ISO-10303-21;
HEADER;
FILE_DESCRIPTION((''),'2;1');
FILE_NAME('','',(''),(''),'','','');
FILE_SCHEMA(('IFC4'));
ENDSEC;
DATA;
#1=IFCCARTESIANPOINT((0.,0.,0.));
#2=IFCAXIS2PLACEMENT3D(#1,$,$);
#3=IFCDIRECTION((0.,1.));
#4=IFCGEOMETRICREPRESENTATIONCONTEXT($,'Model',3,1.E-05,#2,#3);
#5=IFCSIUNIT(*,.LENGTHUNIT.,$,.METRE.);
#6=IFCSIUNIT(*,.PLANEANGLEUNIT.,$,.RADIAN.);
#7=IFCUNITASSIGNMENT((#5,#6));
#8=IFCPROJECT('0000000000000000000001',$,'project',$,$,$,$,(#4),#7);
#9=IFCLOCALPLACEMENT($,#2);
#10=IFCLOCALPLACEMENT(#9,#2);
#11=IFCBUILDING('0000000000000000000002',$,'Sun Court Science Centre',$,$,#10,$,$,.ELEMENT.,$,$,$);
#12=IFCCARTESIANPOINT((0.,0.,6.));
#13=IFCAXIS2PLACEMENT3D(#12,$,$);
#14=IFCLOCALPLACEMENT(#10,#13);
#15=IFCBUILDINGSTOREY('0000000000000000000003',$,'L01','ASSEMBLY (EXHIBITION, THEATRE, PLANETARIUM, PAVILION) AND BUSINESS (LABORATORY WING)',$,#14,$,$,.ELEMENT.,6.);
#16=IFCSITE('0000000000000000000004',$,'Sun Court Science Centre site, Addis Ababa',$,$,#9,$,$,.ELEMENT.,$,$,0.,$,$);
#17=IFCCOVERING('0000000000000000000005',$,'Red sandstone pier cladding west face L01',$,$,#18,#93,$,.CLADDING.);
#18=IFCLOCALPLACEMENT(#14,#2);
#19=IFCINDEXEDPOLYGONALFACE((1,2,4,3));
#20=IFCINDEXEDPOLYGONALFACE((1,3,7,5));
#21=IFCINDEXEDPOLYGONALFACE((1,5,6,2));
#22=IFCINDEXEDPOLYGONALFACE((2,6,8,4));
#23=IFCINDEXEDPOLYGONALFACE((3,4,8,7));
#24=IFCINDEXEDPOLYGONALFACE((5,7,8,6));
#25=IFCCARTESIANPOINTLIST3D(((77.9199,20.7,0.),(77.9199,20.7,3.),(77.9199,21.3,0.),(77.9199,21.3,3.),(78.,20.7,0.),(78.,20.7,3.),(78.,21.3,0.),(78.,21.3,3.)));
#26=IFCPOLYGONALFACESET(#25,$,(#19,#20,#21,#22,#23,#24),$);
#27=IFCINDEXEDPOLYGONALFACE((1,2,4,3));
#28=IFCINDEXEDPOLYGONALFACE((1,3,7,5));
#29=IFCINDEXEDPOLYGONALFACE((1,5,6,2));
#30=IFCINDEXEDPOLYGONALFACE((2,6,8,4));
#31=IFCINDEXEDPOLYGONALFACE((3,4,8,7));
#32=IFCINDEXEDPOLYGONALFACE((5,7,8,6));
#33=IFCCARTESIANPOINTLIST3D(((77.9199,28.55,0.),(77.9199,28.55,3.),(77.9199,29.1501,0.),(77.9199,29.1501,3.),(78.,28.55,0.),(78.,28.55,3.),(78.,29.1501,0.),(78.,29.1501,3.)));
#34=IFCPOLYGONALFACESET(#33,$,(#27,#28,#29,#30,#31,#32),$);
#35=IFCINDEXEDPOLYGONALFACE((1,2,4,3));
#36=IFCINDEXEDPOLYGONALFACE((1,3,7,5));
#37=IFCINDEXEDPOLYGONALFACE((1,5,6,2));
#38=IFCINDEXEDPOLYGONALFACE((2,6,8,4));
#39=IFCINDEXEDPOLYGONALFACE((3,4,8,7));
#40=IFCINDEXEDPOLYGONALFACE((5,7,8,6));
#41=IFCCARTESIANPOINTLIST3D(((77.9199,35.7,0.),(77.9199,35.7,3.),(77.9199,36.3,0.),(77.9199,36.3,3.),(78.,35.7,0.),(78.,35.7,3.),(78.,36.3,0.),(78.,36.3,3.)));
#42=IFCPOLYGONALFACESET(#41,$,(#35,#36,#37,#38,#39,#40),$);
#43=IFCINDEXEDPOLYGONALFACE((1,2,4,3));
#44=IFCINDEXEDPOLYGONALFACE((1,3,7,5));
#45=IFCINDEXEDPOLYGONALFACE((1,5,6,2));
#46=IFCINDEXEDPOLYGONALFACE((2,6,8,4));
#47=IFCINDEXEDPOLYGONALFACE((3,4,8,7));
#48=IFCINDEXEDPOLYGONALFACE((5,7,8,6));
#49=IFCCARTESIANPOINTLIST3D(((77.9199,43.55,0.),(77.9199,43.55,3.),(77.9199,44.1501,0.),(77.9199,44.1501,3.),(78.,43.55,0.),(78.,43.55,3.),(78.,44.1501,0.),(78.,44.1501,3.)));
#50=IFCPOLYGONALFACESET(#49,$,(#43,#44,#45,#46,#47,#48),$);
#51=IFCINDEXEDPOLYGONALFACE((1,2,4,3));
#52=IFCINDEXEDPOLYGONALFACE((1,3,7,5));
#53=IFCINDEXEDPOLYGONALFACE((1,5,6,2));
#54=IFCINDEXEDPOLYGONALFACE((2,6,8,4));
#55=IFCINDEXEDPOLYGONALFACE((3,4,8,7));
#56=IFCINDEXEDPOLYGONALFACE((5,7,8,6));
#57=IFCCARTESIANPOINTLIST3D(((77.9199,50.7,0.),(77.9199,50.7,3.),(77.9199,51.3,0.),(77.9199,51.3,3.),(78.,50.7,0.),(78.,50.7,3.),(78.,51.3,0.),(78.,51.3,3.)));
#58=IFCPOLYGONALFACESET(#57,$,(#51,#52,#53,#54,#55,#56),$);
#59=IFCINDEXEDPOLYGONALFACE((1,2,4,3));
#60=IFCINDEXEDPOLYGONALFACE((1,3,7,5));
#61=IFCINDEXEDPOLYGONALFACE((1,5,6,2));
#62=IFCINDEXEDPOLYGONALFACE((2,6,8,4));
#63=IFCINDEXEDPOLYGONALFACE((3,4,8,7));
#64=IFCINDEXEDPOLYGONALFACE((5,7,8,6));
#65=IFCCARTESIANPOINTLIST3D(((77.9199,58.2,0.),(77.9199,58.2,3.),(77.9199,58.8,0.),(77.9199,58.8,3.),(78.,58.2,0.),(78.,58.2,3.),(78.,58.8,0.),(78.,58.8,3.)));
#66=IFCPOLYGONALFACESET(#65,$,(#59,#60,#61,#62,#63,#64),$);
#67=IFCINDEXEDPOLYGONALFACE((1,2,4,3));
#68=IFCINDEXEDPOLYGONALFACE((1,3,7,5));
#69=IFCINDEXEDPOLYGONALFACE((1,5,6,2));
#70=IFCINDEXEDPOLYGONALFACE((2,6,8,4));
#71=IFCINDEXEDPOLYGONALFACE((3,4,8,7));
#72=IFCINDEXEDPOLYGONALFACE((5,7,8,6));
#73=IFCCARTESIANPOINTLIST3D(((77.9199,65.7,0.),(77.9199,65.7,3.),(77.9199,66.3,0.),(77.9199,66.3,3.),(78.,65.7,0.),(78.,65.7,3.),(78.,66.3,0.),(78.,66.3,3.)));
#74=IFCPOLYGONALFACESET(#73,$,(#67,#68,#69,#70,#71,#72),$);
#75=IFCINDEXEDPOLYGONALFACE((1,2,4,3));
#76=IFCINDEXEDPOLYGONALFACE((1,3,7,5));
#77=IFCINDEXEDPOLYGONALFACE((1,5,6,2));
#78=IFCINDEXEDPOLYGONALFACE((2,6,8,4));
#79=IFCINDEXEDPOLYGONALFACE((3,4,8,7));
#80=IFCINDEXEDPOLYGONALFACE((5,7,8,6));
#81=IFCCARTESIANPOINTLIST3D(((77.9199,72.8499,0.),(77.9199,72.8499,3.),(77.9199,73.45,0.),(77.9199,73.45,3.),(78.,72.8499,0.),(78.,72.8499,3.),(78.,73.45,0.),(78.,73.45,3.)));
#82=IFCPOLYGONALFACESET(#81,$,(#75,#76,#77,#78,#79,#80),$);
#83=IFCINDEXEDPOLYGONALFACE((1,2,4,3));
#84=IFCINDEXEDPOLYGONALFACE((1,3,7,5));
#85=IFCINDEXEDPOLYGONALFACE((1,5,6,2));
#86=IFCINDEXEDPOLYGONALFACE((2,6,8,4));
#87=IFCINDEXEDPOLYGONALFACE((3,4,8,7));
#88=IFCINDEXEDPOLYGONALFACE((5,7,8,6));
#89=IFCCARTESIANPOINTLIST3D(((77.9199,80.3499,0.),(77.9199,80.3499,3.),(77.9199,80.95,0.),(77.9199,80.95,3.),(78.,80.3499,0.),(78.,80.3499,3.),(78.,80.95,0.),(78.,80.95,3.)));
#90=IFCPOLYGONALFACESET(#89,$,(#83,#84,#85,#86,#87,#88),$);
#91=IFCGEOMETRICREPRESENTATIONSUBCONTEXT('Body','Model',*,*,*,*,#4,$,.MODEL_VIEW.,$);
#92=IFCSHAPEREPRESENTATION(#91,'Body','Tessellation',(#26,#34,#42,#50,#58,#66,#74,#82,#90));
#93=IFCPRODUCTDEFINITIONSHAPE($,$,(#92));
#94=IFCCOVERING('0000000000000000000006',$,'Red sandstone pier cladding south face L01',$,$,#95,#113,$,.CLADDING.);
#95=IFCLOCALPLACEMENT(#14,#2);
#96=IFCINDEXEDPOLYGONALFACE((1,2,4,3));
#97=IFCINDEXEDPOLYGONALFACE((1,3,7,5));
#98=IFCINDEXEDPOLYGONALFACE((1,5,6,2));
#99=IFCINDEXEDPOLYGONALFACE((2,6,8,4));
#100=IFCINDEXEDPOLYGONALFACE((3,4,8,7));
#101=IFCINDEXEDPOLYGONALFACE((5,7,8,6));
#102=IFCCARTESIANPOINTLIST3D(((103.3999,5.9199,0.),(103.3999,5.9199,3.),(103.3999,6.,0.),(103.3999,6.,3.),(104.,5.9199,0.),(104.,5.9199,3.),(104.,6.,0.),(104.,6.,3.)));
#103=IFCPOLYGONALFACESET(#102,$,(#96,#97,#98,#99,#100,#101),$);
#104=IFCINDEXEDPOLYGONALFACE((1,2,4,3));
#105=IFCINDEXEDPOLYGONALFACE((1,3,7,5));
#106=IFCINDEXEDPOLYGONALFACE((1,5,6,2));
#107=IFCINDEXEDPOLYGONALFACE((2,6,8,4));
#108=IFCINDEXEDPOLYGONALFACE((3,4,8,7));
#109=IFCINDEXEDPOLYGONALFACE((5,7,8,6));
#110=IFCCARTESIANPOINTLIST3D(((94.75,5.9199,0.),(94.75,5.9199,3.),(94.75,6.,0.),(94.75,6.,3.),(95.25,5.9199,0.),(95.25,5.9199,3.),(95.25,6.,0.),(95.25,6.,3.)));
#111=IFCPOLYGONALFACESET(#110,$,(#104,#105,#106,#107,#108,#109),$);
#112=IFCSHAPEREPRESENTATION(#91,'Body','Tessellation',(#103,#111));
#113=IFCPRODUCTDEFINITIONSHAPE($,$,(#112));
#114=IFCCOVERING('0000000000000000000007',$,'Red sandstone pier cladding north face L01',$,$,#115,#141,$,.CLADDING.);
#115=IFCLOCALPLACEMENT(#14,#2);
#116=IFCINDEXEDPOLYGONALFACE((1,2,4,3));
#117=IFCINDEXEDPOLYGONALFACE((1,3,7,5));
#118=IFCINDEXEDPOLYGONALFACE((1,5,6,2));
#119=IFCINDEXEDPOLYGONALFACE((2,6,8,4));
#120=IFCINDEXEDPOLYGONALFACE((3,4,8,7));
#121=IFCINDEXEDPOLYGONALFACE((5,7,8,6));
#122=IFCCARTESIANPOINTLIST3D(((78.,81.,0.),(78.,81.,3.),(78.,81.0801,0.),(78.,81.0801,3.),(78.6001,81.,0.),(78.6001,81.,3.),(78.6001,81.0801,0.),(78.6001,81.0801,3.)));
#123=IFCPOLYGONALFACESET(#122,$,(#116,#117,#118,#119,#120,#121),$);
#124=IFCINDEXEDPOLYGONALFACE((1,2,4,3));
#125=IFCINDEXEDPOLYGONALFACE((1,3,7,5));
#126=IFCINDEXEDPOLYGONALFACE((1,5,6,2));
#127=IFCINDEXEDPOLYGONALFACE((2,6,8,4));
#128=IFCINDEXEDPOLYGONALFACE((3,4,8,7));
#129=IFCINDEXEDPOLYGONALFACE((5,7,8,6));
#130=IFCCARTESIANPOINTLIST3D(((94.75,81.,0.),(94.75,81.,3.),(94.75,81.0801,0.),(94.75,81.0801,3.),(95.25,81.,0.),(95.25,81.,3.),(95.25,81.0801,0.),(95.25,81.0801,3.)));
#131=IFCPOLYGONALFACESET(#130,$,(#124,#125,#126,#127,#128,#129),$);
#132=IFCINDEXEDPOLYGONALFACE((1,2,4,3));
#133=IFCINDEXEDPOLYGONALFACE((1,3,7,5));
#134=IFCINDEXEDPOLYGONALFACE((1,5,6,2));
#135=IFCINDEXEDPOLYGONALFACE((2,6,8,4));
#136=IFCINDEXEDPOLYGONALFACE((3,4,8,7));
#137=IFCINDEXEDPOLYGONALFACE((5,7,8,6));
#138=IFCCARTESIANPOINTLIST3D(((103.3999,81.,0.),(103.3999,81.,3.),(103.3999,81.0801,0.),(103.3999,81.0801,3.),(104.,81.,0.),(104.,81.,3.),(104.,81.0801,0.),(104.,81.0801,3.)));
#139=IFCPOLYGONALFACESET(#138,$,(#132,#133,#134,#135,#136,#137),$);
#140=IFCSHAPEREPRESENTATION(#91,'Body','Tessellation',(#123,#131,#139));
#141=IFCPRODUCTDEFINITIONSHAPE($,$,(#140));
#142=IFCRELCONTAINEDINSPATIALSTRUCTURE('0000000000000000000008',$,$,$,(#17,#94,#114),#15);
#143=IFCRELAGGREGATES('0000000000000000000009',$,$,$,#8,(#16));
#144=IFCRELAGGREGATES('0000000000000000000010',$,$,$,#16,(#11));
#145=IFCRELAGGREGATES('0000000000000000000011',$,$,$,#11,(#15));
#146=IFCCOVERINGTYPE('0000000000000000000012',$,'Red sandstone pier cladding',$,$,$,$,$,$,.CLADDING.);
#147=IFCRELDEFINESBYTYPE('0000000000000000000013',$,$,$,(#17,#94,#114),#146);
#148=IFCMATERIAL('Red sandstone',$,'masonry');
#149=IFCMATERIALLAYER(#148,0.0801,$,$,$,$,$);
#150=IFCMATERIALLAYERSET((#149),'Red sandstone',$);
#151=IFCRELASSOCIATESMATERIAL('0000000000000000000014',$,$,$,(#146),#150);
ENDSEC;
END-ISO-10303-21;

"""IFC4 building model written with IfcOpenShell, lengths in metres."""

from ifc_helpers import new_model, si_unit, direction, frame, origin, origin_2d, place, context, subcontext, project, spatial, rectangle, extrude, material, layer, layer_set, type_object, element, save


model = new_model("IFC4")

# Units and contexts
model_context = context("Model", 3, precision=1e-05, world=origin(), true_north=direction((0.0, 1.0)))
body_context = subcontext(model_context, "Body", "Model", "MODEL_VIEW")
ifc_project = project(units=[si_unit("LENGTHUNIT", "METRE"), si_unit("PLANEANGLEUNIT", "RADIAN")], contexts=[model_context])

# Site, building, storey
site_placement = place(None, origin())
site = spatial("IfcSite", under=ifc_project, at=site_placement, Name="Sun Court Science Centre site, Addis Ababa", CompositionType="ELEMENT", RefElevation=0.0)
building_placement = place(site_placement, origin())
building = spatial("IfcBuilding", under=site, at=building_placement, Name="Sun Court Science Centre", CompositionType="ELEMENT")
storey_placement = place(building_placement, frame((0.0, 0.0, 6.0)))
storey = spatial("IfcBuildingStorey", under=building, at=storey_placement, Name="L01", Description="ASSEMBLY (EXHIBITION, THEATRE, PLANETARIUM, PAVILION) AND BUSINESS (LABORATORY WING)", CompositionType="ELEMENT", Elevation=6.0)

# Coverings
ifc_material_1 = material(Name="Red sandstone", Category="masonry")
ifc_layer_1 = layer(ifc_material_1, 0.0801)
ifc_layer_set_1 = layer_set([ifc_layer_1], Name="Red sandstone")
covering_type_1 = type_object("IfcCoveringType", Name="Red sandstone pier cladding", PredefinedType="CLADDING", material=ifc_layer_set_1)
covering_1_placement = place(storey_placement, frame((0.0, 0.0, -6.0)))
element("IfcCovering", 1, at=covering_1_placement, inside=storey, type_object=covering_type_1, Name="Red sandstone pier cladding west face L01", PredefinedType="CLADDING", context=body_context, shape_type="SweptSolid", body=[
    extrude(rectangle(XDim=0.6001, YDim=0.0801, at=origin_2d()), frame((77.96, 21.0, 6.0), z_axis=(0.0, 0.0, 1.0), x_axis=(0.0, 1.0, 0.0)), (0.0, 0.0, 1.0), 3.0),
    extrude(rectangle(XDim=0.6001, YDim=0.0801, at=origin_2d()), frame((77.96, 28.8501, 6.0), z_axis=(0.0, 0.0, 1.0), x_axis=(0.0, 1.0, 0.0)), (0.0, 0.0, 1.0), 3.0),
    extrude(rectangle(XDim=0.6001, YDim=0.0801, at=origin_2d()), frame((77.96, 36.0, 6.0), z_axis=(0.0, 0.0, 1.0), x_axis=(0.0, 1.0, 0.0)), (0.0, 0.0, 1.0), 3.0),
    extrude(rectangle(XDim=0.6001, YDim=0.0801, at=origin_2d()), frame((77.96, 43.8501, 6.0), z_axis=(0.0, 0.0, 1.0), x_axis=(0.0, 1.0, 0.0)), (0.0, 0.0, 1.0), 3.0),
    extrude(rectangle(XDim=0.6001, YDim=0.0801, at=origin_2d()), frame((77.96, 51.0, 6.0), z_axis=(0.0, 0.0, 1.0), x_axis=(0.0, 1.0, 0.0)), (0.0, 0.0, 1.0), 3.0),
    extrude(rectangle(XDim=0.6001, YDim=0.0801, at=origin_2d()), frame((77.96, 58.5, 6.0), z_axis=(0.0, 0.0, 1.0), x_axis=(0.0, 1.0, 0.0)), (0.0, 0.0, 1.0), 3.0),
    extrude(rectangle(XDim=0.6001, YDim=0.0801, at=origin_2d()), frame((77.96, 66.0, 6.0), z_axis=(0.0, 0.0, 1.0), x_axis=(0.0, 1.0, 0.0)), (0.0, 0.0, 1.0), 3.0),
    extrude(rectangle(XDim=0.6001, YDim=0.0801, at=origin_2d()), frame((77.96, 73.1499, 6.0), z_axis=(0.0, 0.0, 1.0), x_axis=(0.0, 1.0, 0.0)), (0.0, 0.0, 1.0), 3.0),
    extrude(rectangle(XDim=0.6001, YDim=0.0801, at=origin_2d()), frame((77.96, 80.6499, 6.0), z_axis=(0.0, 0.0, 1.0), x_axis=(0.0, 1.0, 0.0)), (0.0, 0.0, 1.0), 3.0),
])
covering_2_placement = place(storey_placement, frame((0.0, 0.0, -6.0)))
element("IfcCovering", 2, at=covering_2_placement, inside=storey, type_object=covering_type_1, Name="Red sandstone pier cladding south face L01", PredefinedType="CLADDING", context=body_context, shape_type="SweptSolid", body=[
    extrude(rectangle(XDim=0.6001, YDim=0.0801, at=origin_2d()), frame((103.7, 5.96, 6.0), z_axis=(0.0, 0.0, 1.0), x_axis=(-1.0, 0.0, 0.0)), (0.0, 0.0, 1.0), 3.0),
    extrude(rectangle(XDim=0.5, YDim=0.0801, at=origin_2d()), frame((95.0, 5.96, 6.0), z_axis=(0.0, 0.0, 1.0), x_axis=(-1.0, 0.0, 0.0)), (0.0, 0.0, 1.0), 3.0),
])
covering_3_placement = place(storey_placement, frame((0.0, 0.0, -6.0)))
element("IfcCovering", 3, at=covering_3_placement, inside=storey, type_object=covering_type_1, Name="Red sandstone pier cladding north face L01", PredefinedType="CLADDING", context=body_context, shape_type="SweptSolid", body=[
    extrude(rectangle(XDim=0.6001, YDim=0.0801, at=origin_2d()), frame((78.3, 81.04, 6.0), z_axis=(0.0, 0.0, 1.0), x_axis=(1.0, 0.0, 0.0)), (0.0, 0.0, 1.0), 3.0),
    extrude(rectangle(XDim=0.5, YDim=0.0801, at=origin_2d()), frame((95.0, 81.04, 6.0), z_axis=(0.0, 0.0, 1.0), x_axis=(1.0, 0.0, 0.0)), (0.0, 0.0, 1.0), 3.0),
    extrude(rectangle(XDim=0.6001, YDim=0.0801, at=origin_2d()), frame((103.7, 81.04, 6.0), z_axis=(0.0, 0.0, 1.0), x_axis=(1.0, 0.0, 0.0)), (0.0, 0.0, 1.0), 3.0),
])

save(model, "model.ifc")
